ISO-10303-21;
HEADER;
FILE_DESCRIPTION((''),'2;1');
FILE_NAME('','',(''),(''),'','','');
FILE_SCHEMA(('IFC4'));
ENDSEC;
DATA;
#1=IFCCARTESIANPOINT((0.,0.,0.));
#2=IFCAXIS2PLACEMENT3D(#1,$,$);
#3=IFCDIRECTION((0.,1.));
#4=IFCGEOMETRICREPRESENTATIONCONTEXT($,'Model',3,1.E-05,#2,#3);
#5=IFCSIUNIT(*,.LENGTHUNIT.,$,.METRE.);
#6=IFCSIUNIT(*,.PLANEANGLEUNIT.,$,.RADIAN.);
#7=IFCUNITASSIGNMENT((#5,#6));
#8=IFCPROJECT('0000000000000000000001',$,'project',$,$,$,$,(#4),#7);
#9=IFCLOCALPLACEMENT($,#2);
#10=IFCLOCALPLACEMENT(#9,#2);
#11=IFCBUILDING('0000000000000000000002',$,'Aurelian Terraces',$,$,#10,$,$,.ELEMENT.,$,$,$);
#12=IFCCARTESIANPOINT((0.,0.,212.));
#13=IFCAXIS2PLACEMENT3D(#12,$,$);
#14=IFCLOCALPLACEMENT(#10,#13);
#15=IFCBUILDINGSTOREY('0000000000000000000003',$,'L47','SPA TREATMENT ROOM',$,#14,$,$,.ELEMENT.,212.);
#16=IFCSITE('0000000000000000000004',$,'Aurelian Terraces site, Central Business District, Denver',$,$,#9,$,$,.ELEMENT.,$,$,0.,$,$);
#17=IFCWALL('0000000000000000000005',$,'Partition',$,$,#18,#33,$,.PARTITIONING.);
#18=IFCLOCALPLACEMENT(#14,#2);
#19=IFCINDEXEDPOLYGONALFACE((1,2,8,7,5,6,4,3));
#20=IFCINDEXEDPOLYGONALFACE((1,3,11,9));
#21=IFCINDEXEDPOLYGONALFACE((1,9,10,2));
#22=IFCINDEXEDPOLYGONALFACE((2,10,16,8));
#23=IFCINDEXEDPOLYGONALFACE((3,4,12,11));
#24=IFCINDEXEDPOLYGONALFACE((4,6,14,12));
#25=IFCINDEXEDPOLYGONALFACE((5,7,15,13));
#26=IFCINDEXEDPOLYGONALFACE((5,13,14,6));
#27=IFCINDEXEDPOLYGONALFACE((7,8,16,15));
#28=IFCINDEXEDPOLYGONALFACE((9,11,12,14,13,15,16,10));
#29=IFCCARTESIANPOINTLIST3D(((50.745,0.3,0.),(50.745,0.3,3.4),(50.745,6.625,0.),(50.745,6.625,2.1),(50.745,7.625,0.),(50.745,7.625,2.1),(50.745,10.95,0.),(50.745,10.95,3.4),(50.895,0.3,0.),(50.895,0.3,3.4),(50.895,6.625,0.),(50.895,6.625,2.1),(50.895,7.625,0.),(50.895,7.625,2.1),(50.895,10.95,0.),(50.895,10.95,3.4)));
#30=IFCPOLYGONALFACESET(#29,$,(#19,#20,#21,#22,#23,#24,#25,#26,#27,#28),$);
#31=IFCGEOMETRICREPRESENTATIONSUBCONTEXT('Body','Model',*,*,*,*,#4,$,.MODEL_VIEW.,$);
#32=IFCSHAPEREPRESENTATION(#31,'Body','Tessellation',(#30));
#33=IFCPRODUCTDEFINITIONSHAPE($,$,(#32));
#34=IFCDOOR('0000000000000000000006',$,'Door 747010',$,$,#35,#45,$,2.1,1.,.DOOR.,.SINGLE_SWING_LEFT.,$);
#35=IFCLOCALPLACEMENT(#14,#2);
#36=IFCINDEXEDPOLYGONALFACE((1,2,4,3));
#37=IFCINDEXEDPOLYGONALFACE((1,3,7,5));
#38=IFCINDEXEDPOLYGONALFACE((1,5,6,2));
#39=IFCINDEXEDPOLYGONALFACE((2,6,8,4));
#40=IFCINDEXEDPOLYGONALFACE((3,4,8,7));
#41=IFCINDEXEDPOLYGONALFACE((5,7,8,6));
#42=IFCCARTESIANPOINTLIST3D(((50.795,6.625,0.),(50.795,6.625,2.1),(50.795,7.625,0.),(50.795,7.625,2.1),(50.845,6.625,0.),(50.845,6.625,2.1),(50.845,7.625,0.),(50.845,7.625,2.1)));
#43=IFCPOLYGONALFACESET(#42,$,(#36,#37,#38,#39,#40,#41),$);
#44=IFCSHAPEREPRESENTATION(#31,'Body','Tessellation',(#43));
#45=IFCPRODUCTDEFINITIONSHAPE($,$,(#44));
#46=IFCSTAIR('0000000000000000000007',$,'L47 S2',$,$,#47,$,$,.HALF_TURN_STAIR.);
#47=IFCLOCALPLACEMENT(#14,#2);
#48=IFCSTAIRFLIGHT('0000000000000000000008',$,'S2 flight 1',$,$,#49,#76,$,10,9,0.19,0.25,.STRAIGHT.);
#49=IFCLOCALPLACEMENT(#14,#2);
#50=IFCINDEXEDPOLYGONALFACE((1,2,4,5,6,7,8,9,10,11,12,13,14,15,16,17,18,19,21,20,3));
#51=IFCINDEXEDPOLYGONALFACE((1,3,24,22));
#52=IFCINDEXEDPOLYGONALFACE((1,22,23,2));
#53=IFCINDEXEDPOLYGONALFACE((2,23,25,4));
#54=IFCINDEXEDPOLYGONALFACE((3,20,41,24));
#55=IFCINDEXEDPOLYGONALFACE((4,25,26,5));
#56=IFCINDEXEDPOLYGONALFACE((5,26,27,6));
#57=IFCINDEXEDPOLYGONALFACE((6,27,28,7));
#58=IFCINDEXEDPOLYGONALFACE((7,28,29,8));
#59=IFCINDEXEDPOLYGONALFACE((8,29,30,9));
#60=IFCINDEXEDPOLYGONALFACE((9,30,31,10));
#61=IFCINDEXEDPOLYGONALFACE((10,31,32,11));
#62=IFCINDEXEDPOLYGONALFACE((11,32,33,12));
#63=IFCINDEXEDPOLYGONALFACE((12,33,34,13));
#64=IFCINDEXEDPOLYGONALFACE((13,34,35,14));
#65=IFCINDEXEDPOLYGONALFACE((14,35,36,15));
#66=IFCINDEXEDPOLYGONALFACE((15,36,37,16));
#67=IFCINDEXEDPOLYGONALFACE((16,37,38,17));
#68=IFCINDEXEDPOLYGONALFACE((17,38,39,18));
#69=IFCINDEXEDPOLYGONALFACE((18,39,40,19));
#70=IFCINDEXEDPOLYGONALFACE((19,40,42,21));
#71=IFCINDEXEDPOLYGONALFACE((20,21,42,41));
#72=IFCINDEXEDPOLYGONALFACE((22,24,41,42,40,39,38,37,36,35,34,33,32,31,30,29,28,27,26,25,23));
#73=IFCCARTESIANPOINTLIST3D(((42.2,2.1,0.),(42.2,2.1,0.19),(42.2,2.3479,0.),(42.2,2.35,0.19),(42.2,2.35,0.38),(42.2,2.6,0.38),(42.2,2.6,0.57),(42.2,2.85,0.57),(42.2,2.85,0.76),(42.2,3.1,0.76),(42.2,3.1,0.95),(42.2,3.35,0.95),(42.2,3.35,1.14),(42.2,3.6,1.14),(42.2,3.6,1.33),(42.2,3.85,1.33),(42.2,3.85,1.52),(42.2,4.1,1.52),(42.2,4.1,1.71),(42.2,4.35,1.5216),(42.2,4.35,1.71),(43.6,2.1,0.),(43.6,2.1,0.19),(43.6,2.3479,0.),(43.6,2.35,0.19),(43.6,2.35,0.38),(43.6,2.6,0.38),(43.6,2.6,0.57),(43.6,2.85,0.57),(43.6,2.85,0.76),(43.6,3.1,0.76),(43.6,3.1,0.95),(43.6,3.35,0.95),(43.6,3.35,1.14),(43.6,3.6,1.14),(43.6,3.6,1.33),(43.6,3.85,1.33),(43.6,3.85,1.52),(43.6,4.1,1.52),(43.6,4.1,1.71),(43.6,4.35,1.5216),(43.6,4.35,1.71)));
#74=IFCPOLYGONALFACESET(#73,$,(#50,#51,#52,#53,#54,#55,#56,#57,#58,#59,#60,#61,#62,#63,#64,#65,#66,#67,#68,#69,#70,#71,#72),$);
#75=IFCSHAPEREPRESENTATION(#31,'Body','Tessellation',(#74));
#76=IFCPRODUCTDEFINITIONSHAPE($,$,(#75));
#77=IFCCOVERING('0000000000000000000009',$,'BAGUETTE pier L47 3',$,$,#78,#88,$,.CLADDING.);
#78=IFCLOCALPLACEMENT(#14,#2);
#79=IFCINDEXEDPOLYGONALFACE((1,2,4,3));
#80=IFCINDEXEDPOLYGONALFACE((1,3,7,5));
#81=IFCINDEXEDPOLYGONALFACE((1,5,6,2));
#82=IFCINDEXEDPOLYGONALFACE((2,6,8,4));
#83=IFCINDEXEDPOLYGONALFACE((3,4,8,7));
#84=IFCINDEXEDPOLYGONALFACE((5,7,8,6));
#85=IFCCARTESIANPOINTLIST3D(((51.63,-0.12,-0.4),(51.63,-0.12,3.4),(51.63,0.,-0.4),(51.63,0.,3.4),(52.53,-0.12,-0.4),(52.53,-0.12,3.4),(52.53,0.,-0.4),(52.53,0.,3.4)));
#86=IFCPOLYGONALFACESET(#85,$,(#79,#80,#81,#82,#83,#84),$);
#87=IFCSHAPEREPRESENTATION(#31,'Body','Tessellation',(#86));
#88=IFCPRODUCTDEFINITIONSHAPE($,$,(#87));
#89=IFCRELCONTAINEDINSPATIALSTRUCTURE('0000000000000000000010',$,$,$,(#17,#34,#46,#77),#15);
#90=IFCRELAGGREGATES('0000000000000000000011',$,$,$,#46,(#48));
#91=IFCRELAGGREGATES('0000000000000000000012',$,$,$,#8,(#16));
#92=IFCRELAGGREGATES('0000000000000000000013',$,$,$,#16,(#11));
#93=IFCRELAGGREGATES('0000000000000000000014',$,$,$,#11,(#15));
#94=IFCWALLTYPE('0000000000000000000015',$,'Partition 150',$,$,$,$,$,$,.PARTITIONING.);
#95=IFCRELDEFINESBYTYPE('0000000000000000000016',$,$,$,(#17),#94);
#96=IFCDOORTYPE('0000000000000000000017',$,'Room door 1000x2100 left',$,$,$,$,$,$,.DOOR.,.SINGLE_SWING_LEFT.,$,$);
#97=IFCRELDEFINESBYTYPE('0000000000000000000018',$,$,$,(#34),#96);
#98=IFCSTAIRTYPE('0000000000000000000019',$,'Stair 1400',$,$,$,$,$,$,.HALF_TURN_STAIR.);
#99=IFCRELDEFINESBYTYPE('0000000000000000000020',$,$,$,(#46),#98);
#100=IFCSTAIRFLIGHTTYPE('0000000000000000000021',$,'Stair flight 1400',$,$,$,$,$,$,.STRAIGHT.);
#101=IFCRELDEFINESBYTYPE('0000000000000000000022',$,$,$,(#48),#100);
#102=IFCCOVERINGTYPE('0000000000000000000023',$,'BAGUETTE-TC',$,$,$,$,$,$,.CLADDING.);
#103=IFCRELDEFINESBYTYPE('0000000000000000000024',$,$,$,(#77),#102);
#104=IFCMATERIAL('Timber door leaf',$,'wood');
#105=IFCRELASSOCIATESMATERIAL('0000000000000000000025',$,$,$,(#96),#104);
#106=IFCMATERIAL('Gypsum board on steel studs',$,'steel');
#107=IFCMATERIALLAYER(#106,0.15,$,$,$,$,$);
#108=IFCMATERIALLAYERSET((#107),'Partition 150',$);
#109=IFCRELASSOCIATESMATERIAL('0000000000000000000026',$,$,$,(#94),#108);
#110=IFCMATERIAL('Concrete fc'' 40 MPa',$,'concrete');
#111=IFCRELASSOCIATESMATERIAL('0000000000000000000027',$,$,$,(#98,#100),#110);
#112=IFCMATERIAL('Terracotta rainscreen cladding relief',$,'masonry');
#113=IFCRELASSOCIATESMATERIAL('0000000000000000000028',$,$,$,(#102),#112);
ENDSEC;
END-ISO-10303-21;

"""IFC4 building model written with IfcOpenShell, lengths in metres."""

from ifc_helpers import new_model, si_unit, direction, frame, frame_2d, origin, origin_2d, place, context, subcontext, project, spatial, polyline, rectangle, outline, extrude, source, transform, mapped, material, layer, layer_set, type_object, element, fill, aggregate, save


model = new_model("IFC4")

# Units and contexts
model_context = context("Model", 3, precision=1e-05, world=origin(), true_north=direction((0.0, 1.0)))
body_context = subcontext(model_context, "Body", "Model", "MODEL_VIEW")
ifc_project = project(units=[si_unit("LENGTHUNIT", "METRE"), si_unit("PLANEANGLEUNIT", "RADIAN")], contexts=[model_context])

# Site, building, storey
site_placement = place(None, origin())
site = spatial("IfcSite", under=ifc_project, at=site_placement, Name="Aurelian Terraces site, Central Business District, Denver", CompositionType="ELEMENT", RefElevation=0.0)
building_placement = place(site_placement, origin())
building = spatial("IfcBuilding", under=site, at=building_placement, Name="Aurelian Terraces", CompositionType="ELEMENT")
storey_placement = place(building_placement, frame((0.0, 0.0, 212.0)))
storey = spatial("IfcBuildingStorey", under=building, at=storey_placement, Name="L47", Description="SPA TREATMENT ROOM", CompositionType="ELEMENT", Elevation=212.0)

# Shared definitions
ifc_material_1 = material(Name="Concrete fc' 40 MPa", Category="concrete")

# Shared definitions
ifc_material_2 = material(Name="Timber door leaf", Category="wood")
door_type = type_object("IfcDoorType", Name="Room door 1000x2100 left", OperationType="SINGLE_SWING_LEFT", PredefinedType="DOOR", material=ifc_material_2)
shared_shape_1 = source(origin(), body_context, "Body", "SweptSolid", [
    extrude(rectangle(XDim=1.0, YDim=2.1, at=frame_2d((0.5, 1.05))), frame((0.0, 0.025, 0.0), z_axis=(0.0, -1.0, 0.0), x_axis=(1.0, 0.0, 0.0)), (0.0, 0.0, 1.0), 0.05),
])

# Shared definitions
ifc_material_3 = material(Name="Gypsum board on steel studs", Category="steel")

# Wall, opening, door
ifc_layer_1 = layer(ifc_material_3, 0.15)
ifc_layer_set_1 = layer_set([ifc_layer_1], Name="Partition 150")
wall_type_1 = type_object("IfcWallType", Name="Partition 150", PredefinedType="PARTITIONING", material=ifc_layer_set_1)
shared_shape_2 = source(origin(), body_context, "Body", "SweptSolid", [
    extrude(rectangle(XDim=10.65, YDim=0.15, at=frame_2d((5.325, 0.0))), origin(), (0.0, 0.0, 1.0), 3.4),
])
wall_1_placement = place(storey_placement, frame((50.82, 0.3, 0.0), z_axis=(0.0, 0.0, 1.0), x_axis=(0.0, 1.0, 0.0)))
wall_1 = element("IfcWall", 1, at=wall_1_placement, inside=storey, type_object=wall_type_1, Name="Partition", PredefinedType="PARTITIONING", context=body_context, shape_type="MappedRepresentation", body=[
    mapped(shared_shape_2, transform((0.0, 0.0, 0.0), scale=1.0)),
])
shared_shape_3 = source(origin(), body_context, "Body", "SweptSolid", [
    extrude(rectangle(XDim=1.0, YDim=2.1, at=frame_2d((0.5, 1.05))), frame((0.0, 0.085, 0.0), z_axis=(0.0, -1.0, 0.0), x_axis=(1.0, 0.0, 0.0)), (0.0, 0.0, 1.0), 0.17),
])
opening_1_placement = place(wall_1_placement, frame((6.325, 0.0, 0.0)))
opening_1 = element("IfcOpeningElement", 2, at=opening_1_placement, cuts=wall_1, PredefinedType="OPENING", context=body_context, shape_type="MappedRepresentation", body=[
    mapped(shared_shape_3, transform((0.0, 0.0, 0.0), scale=1.0)),
])
door_1_placement = place(opening_1_placement, origin())
door_1 = element("IfcDoor", 3, at=door_1_placement, inside=storey, type_object=door_type, Name="Door 747010", OperationType="SINGLE_SWING_LEFT", OverallHeight=2.1, OverallWidth=1.0, PredefinedType="DOOR", context=body_context, shape_type="MappedRepresentation", body=[
    mapped(shared_shape_1, transform((0.0, 0.0, 0.0), scale=1.0)),
])
fill(opening_1, door_1)

# Stair, stair flight
stair_type = type_object("IfcStairType", Name="Stair 1400", PredefinedType="HALF_TURN_STAIR", material=ifc_material_1)
stair_placement = place(storey_placement, origin())
stair = element("IfcStair", 4, at=stair_placement, inside=storey, type_object=stair_type, Name="L47 S2", PredefinedType="HALF_TURN_STAIR")
stair_flight_type = type_object("IfcStairFlightType", Name="Stair flight 1400", PredefinedType="STRAIGHT", material=ifc_material_1)
shared_shape_4 = source(origin(), body_context, "Body", "SweptSolid", [
    extrude(outline(polyline([(0.0, 0.0), (0.0, 0.19), (0.25, 0.19), (0.25, 0.38), (0.5, 0.38), (0.5, 0.57), (0.75, 0.57), (0.75, 0.76), (1.0, 0.76), (1.0, 0.95), (1.25, 0.95), (1.25, 1.14), (1.5, 1.14), (1.5, 1.33), (1.75, 1.33), (1.75, 1.52), (2.0, 1.52), (2.0, 1.71), (2.25, 1.71), (2.25, 1.9), (2.25, 1.5216), (0.2479, 0.0), (0.0, 0.0)])), frame((0.0, 0.7, 0.0), z_axis=(0.0, -1.0, 0.0), x_axis=(1.0, 0.0, 0.0)), (0.0, 0.0, 1.0), 1.4),
])
stair_flight_placement = place(storey_placement, frame((42.9, 2.1, 0.0), z_axis=(0.0, 0.0, 1.0), x_axis=(0.0, 1.0, 0.0)))
stair_flight = element("IfcStairFlight", 5, at=stair_flight_placement, type_object=stair_flight_type, Name="S2 flight 1", NumberOfRisers=10, NumberOfTreads=9, PredefinedType="STRAIGHT", RiserHeight=0.19, TreadLength=0.25, context=body_context, shape_type="MappedRepresentation", body=[
    mapped(shared_shape_4, transform((0.0, 0.0, 0.0), scale=1.0)),
])
aggregate(stair, [stair_flight])

# Covering
ifc_material_4 = material(Name="Terracotta rainscreen cladding relief", Category="masonry")
covering_type = type_object("IfcCoveringType", Name="BAGUETTE-TC", PredefinedType="CLADDING", material=ifc_material_4)
shared_shape_5 = source(origin(), body_context, "Body", "SweptSolid", [
    extrude(rectangle(XDim=0.9, YDim=0.12, at=origin_2d()), origin(), (0.0, 0.0, 1.0), 3.8),
])
covering_placement = place(storey_placement, frame((52.08, -0.06, -0.4), z_axis=(0.0, 0.0, 1.0), x_axis=(1.0, 0.0, 0.0)))
element("IfcCovering", 6, at=covering_placement, inside=storey, type_object=covering_type, Name="BAGUETTE pier L47 3", PredefinedType="CLADDING", context=body_context, shape_type="MappedRepresentation", body=[
    mapped(shared_shape_5, transform((0.0, 0.0, 0.0), scale=1.0)),
])

save(model, "model.ifc")
